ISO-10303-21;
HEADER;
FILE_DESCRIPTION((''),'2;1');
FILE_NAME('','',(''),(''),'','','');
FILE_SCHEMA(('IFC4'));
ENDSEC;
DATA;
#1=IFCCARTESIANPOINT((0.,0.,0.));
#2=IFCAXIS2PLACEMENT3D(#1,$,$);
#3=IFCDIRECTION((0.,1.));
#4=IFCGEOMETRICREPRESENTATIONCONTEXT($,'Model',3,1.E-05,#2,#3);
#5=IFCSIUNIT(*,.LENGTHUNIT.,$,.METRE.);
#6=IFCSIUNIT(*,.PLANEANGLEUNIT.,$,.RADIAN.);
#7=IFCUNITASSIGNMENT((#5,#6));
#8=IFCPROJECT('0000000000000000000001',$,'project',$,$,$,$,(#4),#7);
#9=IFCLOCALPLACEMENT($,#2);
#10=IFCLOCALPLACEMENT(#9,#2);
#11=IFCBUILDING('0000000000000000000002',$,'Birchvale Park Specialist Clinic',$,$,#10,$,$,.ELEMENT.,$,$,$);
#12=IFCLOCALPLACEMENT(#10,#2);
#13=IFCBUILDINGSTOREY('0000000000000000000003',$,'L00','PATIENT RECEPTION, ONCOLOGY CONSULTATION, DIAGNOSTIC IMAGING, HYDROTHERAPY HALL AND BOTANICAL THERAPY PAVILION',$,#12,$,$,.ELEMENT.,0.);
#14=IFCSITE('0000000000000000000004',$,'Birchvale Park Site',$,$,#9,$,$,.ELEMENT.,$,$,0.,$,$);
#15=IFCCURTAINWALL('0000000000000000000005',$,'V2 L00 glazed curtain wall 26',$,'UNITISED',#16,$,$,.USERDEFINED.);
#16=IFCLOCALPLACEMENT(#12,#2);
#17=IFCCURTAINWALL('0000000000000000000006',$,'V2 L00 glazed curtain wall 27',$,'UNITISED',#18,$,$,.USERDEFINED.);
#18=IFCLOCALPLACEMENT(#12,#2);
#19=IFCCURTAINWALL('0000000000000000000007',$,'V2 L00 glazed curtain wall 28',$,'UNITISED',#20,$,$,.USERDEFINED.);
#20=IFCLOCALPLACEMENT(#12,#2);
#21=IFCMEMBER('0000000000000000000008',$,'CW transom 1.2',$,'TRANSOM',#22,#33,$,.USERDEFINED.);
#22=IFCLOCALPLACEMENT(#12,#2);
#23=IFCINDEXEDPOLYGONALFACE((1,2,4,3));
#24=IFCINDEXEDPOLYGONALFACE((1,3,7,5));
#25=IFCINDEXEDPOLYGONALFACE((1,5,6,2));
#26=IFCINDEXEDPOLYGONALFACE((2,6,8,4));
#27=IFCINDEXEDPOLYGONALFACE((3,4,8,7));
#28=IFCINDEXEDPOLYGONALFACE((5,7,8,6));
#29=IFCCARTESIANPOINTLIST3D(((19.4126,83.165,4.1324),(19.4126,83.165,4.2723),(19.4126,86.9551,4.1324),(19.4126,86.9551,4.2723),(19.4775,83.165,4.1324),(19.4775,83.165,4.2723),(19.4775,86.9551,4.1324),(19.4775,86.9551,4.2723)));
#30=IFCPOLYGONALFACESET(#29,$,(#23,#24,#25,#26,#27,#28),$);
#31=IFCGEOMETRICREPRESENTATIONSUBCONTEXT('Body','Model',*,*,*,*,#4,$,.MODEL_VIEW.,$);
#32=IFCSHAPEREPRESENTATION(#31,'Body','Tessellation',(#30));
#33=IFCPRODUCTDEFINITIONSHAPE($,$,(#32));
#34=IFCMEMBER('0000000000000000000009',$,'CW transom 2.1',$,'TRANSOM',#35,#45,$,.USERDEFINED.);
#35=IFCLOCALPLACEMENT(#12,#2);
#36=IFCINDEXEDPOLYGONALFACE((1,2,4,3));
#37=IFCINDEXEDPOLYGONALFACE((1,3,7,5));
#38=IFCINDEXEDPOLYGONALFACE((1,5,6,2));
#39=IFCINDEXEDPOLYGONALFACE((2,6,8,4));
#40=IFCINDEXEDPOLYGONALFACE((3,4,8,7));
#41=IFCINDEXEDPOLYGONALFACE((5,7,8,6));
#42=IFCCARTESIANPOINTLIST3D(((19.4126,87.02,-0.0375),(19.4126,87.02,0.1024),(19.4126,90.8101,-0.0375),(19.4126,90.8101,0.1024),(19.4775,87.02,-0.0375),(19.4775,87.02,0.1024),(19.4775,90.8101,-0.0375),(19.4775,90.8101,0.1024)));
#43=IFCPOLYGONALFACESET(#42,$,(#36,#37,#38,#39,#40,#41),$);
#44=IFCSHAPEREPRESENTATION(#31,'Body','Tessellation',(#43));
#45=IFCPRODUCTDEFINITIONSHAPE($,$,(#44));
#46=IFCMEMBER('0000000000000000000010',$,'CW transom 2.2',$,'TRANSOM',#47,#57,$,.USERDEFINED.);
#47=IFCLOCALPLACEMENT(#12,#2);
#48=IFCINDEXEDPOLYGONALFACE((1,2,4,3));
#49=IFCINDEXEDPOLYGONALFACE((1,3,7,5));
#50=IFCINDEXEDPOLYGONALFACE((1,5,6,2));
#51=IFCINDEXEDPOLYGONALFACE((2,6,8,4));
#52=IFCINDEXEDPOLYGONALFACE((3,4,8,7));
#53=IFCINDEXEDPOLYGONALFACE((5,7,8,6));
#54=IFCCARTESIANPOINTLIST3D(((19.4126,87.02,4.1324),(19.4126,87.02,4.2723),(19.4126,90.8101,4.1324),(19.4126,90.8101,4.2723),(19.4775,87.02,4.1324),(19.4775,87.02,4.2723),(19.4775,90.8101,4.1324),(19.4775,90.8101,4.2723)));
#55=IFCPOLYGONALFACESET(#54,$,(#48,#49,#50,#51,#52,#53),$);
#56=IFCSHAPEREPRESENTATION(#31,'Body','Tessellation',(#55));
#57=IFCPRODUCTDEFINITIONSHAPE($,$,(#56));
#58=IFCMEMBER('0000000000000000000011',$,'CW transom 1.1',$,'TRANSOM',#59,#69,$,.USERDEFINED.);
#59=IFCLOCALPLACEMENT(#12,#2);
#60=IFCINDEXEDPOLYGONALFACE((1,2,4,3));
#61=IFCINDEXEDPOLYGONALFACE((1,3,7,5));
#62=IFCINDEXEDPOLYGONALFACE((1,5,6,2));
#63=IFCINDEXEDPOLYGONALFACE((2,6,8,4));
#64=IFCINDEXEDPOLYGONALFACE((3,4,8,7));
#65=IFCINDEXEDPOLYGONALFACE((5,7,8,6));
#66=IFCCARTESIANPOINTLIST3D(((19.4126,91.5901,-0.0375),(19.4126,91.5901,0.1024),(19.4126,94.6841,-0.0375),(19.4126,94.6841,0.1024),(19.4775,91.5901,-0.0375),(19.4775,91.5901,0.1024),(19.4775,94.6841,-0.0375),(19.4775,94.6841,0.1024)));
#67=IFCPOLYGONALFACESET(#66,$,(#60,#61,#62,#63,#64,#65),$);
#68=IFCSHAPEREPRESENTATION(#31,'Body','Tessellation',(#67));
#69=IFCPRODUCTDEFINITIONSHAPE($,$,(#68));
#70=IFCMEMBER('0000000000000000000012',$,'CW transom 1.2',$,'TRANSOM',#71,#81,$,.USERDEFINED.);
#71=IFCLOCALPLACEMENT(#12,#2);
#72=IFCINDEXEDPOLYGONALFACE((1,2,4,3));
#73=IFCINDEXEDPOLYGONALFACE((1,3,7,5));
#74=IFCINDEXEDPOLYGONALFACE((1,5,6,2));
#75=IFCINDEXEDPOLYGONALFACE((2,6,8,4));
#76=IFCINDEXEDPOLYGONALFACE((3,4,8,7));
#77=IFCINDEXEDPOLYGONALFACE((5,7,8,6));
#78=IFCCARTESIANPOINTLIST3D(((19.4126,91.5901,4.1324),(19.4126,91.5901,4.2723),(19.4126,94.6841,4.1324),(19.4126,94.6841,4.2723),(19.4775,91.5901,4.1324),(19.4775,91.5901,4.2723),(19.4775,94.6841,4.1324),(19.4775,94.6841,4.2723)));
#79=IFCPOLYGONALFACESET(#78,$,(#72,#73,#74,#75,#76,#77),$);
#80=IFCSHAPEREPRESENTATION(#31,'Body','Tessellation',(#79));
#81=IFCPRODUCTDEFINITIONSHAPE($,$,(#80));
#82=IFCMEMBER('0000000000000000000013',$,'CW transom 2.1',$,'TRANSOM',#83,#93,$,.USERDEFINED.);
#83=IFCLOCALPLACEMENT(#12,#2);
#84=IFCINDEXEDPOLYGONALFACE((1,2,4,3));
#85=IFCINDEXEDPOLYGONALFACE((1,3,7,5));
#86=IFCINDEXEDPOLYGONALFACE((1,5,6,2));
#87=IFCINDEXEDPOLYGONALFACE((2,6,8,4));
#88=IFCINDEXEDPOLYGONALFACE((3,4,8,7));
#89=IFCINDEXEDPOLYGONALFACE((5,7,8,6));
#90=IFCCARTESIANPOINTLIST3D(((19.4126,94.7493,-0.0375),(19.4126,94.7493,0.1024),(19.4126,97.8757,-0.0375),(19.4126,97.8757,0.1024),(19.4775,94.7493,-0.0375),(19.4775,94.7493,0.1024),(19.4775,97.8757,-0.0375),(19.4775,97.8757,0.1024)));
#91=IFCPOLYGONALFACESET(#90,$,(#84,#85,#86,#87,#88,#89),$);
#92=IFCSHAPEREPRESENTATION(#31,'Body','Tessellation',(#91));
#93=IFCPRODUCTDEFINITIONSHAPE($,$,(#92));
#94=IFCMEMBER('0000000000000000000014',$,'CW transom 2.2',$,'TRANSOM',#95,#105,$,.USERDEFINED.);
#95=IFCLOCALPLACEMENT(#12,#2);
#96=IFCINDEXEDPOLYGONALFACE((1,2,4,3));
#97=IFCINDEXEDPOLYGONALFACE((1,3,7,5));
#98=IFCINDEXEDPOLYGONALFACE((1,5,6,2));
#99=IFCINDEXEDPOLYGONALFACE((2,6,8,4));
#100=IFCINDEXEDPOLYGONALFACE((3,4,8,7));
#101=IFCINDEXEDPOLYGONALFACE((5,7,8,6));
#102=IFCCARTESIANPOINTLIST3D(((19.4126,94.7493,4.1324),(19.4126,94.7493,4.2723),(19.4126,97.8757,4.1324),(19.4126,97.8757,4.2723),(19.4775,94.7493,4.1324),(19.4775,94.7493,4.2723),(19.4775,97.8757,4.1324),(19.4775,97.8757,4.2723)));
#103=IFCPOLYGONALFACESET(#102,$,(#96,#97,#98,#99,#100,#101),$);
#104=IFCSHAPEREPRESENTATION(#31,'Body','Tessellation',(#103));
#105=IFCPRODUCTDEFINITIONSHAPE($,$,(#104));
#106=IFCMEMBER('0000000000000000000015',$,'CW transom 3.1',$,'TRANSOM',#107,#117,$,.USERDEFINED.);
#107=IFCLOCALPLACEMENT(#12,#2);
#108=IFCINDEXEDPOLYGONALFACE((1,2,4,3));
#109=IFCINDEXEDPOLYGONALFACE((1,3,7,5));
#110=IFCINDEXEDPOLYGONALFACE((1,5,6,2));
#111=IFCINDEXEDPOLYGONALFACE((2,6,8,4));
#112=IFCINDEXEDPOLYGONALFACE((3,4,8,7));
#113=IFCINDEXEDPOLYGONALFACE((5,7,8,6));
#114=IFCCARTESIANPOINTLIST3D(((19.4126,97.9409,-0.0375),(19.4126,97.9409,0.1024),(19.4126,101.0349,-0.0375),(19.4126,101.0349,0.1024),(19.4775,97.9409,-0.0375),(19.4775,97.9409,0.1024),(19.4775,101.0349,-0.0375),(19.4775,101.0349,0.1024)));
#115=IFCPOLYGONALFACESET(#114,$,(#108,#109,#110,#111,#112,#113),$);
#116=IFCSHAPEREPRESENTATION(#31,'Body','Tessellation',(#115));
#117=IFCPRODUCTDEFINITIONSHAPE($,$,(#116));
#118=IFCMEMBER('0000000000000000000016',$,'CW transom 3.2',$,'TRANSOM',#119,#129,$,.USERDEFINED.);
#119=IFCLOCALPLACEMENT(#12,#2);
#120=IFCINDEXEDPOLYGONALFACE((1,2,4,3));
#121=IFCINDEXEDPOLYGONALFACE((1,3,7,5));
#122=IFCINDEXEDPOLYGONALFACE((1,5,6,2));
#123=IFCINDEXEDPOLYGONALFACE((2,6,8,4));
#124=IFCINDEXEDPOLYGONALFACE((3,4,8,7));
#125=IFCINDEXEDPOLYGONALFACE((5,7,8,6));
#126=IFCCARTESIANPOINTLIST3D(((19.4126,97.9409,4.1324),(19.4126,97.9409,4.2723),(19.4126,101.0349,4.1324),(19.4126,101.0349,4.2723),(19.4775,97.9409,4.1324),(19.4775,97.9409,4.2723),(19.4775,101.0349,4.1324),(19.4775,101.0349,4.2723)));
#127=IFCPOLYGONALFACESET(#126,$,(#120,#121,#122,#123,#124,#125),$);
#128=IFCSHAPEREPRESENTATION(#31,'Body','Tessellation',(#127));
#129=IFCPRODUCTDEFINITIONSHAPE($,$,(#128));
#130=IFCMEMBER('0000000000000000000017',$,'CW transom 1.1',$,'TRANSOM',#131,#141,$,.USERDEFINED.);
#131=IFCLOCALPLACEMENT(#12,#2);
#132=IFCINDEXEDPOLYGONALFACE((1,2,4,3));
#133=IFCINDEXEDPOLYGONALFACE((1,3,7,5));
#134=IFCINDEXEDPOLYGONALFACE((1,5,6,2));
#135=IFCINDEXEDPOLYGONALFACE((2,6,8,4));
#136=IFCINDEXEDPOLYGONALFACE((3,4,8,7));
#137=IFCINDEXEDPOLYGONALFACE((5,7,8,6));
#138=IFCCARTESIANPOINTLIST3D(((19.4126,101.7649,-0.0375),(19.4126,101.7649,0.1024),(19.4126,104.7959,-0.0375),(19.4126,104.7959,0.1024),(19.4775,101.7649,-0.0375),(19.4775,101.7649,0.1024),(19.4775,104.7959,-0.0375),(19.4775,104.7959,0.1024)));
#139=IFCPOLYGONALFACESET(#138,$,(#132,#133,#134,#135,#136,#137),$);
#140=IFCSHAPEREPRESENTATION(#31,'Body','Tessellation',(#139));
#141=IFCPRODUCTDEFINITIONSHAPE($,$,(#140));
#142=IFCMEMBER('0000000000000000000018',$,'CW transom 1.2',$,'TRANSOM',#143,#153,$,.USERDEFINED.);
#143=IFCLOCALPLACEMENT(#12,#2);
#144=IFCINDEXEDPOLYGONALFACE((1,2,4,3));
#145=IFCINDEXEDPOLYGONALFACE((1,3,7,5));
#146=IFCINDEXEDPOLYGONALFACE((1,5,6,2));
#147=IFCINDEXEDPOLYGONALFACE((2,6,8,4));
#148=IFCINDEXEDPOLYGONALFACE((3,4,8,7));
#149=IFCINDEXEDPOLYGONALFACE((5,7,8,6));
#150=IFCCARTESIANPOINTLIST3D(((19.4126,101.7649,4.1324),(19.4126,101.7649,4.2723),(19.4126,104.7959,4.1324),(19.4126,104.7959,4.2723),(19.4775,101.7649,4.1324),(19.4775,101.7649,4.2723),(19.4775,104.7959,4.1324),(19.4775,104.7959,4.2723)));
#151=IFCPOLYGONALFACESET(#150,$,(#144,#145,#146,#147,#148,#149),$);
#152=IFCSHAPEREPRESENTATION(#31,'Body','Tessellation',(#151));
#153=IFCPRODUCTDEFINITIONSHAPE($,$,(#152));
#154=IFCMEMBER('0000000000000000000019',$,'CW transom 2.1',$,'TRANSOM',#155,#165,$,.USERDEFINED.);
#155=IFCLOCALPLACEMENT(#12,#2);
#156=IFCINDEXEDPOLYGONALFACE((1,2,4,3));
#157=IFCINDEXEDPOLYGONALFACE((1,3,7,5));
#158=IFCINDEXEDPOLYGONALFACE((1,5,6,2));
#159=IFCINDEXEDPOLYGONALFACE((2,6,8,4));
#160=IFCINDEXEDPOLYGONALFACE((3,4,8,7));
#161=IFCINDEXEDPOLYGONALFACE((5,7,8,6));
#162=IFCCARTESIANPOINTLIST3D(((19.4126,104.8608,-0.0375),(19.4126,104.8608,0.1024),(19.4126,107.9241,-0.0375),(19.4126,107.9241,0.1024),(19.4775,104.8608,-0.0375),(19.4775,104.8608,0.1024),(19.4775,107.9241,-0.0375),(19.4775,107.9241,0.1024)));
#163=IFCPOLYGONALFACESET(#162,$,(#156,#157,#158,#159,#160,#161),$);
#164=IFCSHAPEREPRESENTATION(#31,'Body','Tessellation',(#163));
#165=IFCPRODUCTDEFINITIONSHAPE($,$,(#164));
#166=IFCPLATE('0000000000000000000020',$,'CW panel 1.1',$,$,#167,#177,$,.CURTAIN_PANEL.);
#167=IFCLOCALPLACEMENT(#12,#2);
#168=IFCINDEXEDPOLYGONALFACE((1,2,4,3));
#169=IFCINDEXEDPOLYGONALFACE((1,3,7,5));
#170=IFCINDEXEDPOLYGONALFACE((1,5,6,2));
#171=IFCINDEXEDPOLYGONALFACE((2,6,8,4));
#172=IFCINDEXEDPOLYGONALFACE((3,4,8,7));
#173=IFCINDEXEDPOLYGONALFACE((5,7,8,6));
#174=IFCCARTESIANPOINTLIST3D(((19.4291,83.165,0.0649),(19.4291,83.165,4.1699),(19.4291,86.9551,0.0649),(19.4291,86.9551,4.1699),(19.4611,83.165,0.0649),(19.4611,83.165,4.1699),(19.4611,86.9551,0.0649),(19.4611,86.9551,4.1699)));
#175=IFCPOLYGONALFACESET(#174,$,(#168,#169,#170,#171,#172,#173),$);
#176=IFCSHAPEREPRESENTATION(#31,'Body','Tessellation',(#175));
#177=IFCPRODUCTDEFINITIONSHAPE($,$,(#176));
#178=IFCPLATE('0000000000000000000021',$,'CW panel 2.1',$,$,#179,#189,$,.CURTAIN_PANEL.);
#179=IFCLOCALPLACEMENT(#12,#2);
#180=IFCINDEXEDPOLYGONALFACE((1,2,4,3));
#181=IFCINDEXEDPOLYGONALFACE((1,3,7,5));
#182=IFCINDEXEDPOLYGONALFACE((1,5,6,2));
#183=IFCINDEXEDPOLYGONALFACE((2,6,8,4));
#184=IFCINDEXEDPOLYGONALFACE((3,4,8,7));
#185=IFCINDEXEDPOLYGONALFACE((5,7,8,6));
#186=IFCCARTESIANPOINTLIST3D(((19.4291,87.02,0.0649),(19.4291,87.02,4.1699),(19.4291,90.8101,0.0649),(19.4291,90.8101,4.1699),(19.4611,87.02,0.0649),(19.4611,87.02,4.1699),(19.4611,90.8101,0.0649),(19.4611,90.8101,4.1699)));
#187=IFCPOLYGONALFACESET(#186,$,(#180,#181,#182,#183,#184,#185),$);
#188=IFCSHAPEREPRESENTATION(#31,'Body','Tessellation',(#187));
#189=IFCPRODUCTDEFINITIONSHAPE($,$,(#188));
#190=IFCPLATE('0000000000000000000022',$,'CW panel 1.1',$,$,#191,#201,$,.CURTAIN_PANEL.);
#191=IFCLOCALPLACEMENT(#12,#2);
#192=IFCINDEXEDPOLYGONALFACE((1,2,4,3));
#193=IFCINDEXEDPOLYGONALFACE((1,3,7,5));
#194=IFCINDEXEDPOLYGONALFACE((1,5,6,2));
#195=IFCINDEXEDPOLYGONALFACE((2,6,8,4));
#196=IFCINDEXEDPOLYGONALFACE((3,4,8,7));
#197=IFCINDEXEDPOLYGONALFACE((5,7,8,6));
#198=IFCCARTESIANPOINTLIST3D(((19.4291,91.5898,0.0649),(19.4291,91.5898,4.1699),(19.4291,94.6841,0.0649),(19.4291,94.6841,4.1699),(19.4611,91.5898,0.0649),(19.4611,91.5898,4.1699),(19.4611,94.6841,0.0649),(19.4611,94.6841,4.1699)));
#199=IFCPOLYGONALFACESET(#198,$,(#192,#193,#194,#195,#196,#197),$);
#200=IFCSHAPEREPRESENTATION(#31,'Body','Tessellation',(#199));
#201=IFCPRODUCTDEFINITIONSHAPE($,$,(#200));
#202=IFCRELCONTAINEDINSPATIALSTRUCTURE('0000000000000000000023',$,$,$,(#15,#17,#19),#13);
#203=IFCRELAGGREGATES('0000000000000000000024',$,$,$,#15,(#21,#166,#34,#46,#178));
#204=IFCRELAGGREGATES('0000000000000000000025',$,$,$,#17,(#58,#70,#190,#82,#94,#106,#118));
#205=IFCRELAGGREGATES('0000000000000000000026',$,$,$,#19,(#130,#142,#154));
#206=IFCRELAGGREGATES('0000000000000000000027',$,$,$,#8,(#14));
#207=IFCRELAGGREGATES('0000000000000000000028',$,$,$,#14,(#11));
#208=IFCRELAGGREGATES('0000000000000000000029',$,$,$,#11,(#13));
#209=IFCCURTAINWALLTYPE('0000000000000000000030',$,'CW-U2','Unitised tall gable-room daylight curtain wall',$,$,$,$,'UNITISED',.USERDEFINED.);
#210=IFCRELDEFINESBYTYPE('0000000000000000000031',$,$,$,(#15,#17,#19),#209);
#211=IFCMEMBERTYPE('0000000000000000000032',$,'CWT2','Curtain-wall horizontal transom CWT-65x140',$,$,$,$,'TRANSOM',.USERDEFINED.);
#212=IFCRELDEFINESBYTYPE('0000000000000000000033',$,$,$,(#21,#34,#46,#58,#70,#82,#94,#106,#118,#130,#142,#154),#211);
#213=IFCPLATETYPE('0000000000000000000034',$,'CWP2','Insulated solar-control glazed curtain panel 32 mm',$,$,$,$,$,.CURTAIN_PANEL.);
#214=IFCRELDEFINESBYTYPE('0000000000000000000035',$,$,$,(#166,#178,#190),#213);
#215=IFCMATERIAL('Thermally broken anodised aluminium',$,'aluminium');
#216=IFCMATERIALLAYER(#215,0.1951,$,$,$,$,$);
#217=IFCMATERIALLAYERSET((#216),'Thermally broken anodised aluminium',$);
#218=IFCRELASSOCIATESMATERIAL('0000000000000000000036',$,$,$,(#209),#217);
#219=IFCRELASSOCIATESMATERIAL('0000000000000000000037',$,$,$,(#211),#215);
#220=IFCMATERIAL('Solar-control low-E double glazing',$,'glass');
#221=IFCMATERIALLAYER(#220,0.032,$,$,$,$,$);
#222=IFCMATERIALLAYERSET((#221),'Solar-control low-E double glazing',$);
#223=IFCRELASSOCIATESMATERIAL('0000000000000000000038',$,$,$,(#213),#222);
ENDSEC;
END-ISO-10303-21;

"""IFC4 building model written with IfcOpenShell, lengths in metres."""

from ifc_helpers import new_model, si_unit, direction, frame, origin, origin_2d, place, context, subcontext, project, spatial, rectangle, extrude, material, layer, layer_set, material_profile, profile_set, type_object, element, aggregate, save


model = new_model("IFC4")

# Units and contexts
model_context = context("Model", 3, precision=1e-05, world=origin(), true_north=direction((0.0, 1.0)))
body_context = subcontext(model_context, "Body", "Model", "MODEL_VIEW")
ifc_project = project(units=[si_unit("LENGTHUNIT", "METRE"), si_unit("PLANEANGLEUNIT", "RADIAN")], contexts=[model_context])

# Site, building, storey
site_placement = place(None, origin())
site = spatial("IfcSite", under=ifc_project, at=site_placement, Name="Birchvale Park Site", CompositionType="ELEMENT", RefElevation=0.0)
building_placement = place(site_placement, origin())
building = spatial("IfcBuilding", under=site, at=building_placement, Name="Birchvale Park Specialist Clinic", CompositionType="ELEMENT")
storey_placement = place(building_placement, origin())
storey = spatial("IfcBuildingStorey", under=building, at=storey_placement, Name="L00", Description="PATIENT RECEPTION, ONCOLOGY CONSULTATION, DIAGNOSTIC IMAGING, HYDROTHERAPY HALL AND BOTANICAL THERAPY PAVILION", CompositionType="ELEMENT", Elevation=0.0)

# Shared definitions
ifc_material_1 = material(Name="Thermally broken anodised aluminium", Category="aluminium")
ifc_layer_1 = layer(ifc_material_1, 0.1951)
ifc_layer_set_1 = layer_set([ifc_layer_1], Name="Thermally broken anodised aluminium")
curtain_wall_type = type_object("IfcCurtainWallType", Name="CW-U2", Description="Unitised tall gable-room daylight curtain wall", ElementType="UNITISED", PredefinedType="USERDEFINED", material=ifc_layer_set_1)

# Curtain walls
curtain_wall_1_placement = place(storey_placement, origin())
curtain_wall_1 = element("IfcCurtainWall", 1, at=curtain_wall_1_placement, inside=storey, type_object=curtain_wall_type, Name="V2 L00 glazed curtain wall 26", ObjectType="UNITISED", PredefinedType="USERDEFINED")
curtain_wall_2_placement = place(storey_placement, origin())
curtain_wall_2 = element("IfcCurtainWall", 2, at=curtain_wall_2_placement, inside=storey, type_object=curtain_wall_type, Name="V2 L00 glazed curtain wall 27", ObjectType="UNITISED", PredefinedType="USERDEFINED")
curtain_wall_3_placement = place(storey_placement, origin())
curtain_wall_3 = element("IfcCurtainWall", 3, at=curtain_wall_3_placement, inside=storey, type_object=curtain_wall_type, Name="V2 L00 glazed curtain wall 28", ObjectType="UNITISED", PredefinedType="USERDEFINED")

# Members
ifc_material_profile_1 = material_profile(ifc_material_1, rectangle(XDim=0.0649, YDim=0.1399, at=origin_2d()), Name="CWT-65x140")
ifc_profile_set_1 = profile_set([ifc_material_profile_1], Name="Thermally broken anodised aluminium")
member_type_1 = type_object("IfcMemberType", Name="CWT2", Description="Curtain-wall horizontal transom CWT-65x140", ElementType="TRANSOM", PredefinedType="USERDEFINED", material=ifc_profile_set_1)
member_1_placement = place(storey_placement, frame((19.4451, 83.165, 4.2024), z_axis=(0.0, 1.0, 0.0), x_axis=(-1.0, 0.0, 0.0)))
member_1 = element("IfcMember", 4, at=member_1_placement, type_object=member_type_1, Name="CW transom 1.2", ObjectType="TRANSOM", PredefinedType="USERDEFINED", context=body_context, shape_type="SweptSolid", body=[
    extrude(rectangle(XDim=0.0649, YDim=0.1399, at=origin_2d()), origin(), (0.0, 0.0, 1.0), 3.79),
])
member_2_placement = place(storey_placement, frame((19.4451, 87.02, 0.0325), z_axis=(0.0, 1.0, 0.0), x_axis=(-1.0, 0.0, 0.0)))
member_2 = element("IfcMember", 5, at=member_2_placement, type_object=member_type_1, Name="CW transom 2.1", ObjectType="TRANSOM", PredefinedType="USERDEFINED", context=body_context, shape_type="SweptSolid", body=[
    extrude(rectangle(XDim=0.0649, YDim=0.1399, at=origin_2d()), origin(), (0.0, 0.0, 1.0), 3.79),
])
member_3_placement = place(storey_placement, frame((19.4451, 87.02, 4.2024), z_axis=(0.0, 1.0, 0.0), x_axis=(-1.0, 0.0, 0.0)))
member_3 = element("IfcMember", 6, at=member_3_placement, type_object=member_type_1, Name="CW transom 2.2", ObjectType="TRANSOM", PredefinedType="USERDEFINED", context=body_context, shape_type="SweptSolid", body=[
    extrude(rectangle(XDim=0.0649, YDim=0.1399, at=origin_2d()), origin(), (0.0, 0.0, 1.0), 3.79),
])
member_4_placement = place(storey_placement, frame((19.4451, 91.5901, 0.0325), z_axis=(0.0, 1.0, 0.0), x_axis=(-1.0, 0.0, 0.0)))
member_4 = element("IfcMember", 7, at=member_4_placement, type_object=member_type_1, Name="CW transom 1.1", ObjectType="TRANSOM", PredefinedType="USERDEFINED", context=body_context, shape_type="SweptSolid", body=[
    extrude(rectangle(XDim=0.0649, YDim=0.1399, at=origin_2d()), origin(), (0.0, 0.0, 1.0), 3.094),
])
member_5_placement = place(storey_placement, frame((19.4451, 91.5901, 4.2024), z_axis=(0.0, 1.0, 0.0), x_axis=(-1.0, 0.0, 0.0)))
member_5 = element("IfcMember", 8, at=member_5_placement, type_object=member_type_1, Name="CW transom 1.2", ObjectType="TRANSOM", PredefinedType="USERDEFINED", context=body_context, shape_type="SweptSolid", body=[
    extrude(rectangle(XDim=0.0649, YDim=0.1399, at=origin_2d()), origin(), (0.0, 0.0, 1.0), 3.094),
])
member_6_placement = place(storey_placement, frame((19.4451, 94.7493, 0.0325), z_axis=(0.0, 1.0, 0.0), x_axis=(-1.0, 0.0, 0.0)))
member_6 = element("IfcMember", 9, at=member_6_placement, type_object=member_type_1, Name="CW transom 2.1", ObjectType="TRANSOM", PredefinedType="USERDEFINED", context=body_context, shape_type="SweptSolid", body=[
    extrude(rectangle(XDim=0.0649, YDim=0.1399, at=origin_2d()), origin(), (0.0, 0.0, 1.0), 3.1265),
])
member_7_placement = place(storey_placement, frame((19.4451, 94.7493, 4.2024), z_axis=(0.0, 1.0, 0.0), x_axis=(-1.0, 0.0, 0.0)))
member_7 = element("IfcMember", 10, at=member_7_placement, type_object=member_type_1, Name="CW transom 2.2", ObjectType="TRANSOM", PredefinedType="USERDEFINED", context=body_context, shape_type="SweptSolid", body=[
    extrude(rectangle(XDim=0.0649, YDim=0.1399, at=origin_2d()), origin(), (0.0, 0.0, 1.0), 3.1265),
])
member_8_placement = place(storey_placement, frame((19.4451, 97.9409, 0.0325), z_axis=(0.0, 1.0, 0.0), x_axis=(-1.0, 0.0, 0.0)))
member_8 = element("IfcMember", 11, at=member_8_placement, type_object=member_type_1, Name="CW transom 3.1", ObjectType="TRANSOM", PredefinedType="USERDEFINED", context=body_context, shape_type="SweptSolid", body=[
    extrude(rectangle(XDim=0.0649, YDim=0.1399, at=origin_2d()), origin(), (0.0, 0.0, 1.0), 3.094),
])
member_9_placement = place(storey_placement, frame((19.4451, 97.9409, 4.2024), z_axis=(0.0, 1.0, 0.0), x_axis=(-1.0, 0.0, 0.0)))
member_9 = element("IfcMember", 12, at=member_9_placement, type_object=member_type_1, Name="CW transom 3.2", ObjectType="TRANSOM", PredefinedType="USERDEFINED", context=body_context, shape_type="SweptSolid", body=[
    extrude(rectangle(XDim=0.0649, YDim=0.1399, at=origin_2d()), origin(), (0.0, 0.0, 1.0), 3.094),
])
member_10_placement = place(storey_placement, frame((19.4451, 101.7649, 0.0325), z_axis=(0.0, 1.0, 0.0), x_axis=(-1.0, 0.0, 0.0)))
member_10 = element("IfcMember", 13, at=member_10_placement, type_object=member_type_1, Name="CW transom 1.1", ObjectType="TRANSOM", PredefinedType="USERDEFINED", context=body_context, shape_type="SweptSolid", body=[
    extrude(rectangle(XDim=0.0649, YDim=0.1399, at=origin_2d()), origin(), (0.0, 0.0, 1.0), 3.031),
])
member_11_placement = place(storey_placement, frame((19.4451, 101.7649, 4.2024), z_axis=(0.0, 1.0, 0.0), x_axis=(-1.0, 0.0, 0.0)))
member_11 = element("IfcMember", 14, at=member_11_placement, type_object=member_type_1, Name="CW transom 1.2", ObjectType="TRANSOM", PredefinedType="USERDEFINED", context=body_context, shape_type="SweptSolid", body=[
    extrude(rectangle(XDim=0.0649, YDim=0.1399, at=origin_2d()), origin(), (0.0, 0.0, 1.0), 3.031),
])
member_12_placement = place(storey_placement, frame((19.4451, 104.8608, 0.0325), z_axis=(0.0, 1.0, 0.0), x_axis=(-1.0, 0.0, 0.0)))
member_12 = element("IfcMember", 15, at=member_12_placement, type_object=member_type_1, Name="CW transom 2.1", ObjectType="TRANSOM", PredefinedType="USERDEFINED", context=body_context, shape_type="SweptSolid", body=[
    extrude(rectangle(XDim=0.0649, YDim=0.1399, at=origin_2d()), origin(), (0.0, 0.0, 1.0), 3.0632),
])

# Plates
ifc_material_2 = material(Name="Solar-control low-E double glazing", Category="glass")
ifc_layer_2 = layer(ifc_material_2, 0.032)
ifc_layer_set_2 = layer_set([ifc_layer_2], Name="Solar-control low-E double glazing")
plate_type = type_object("IfcPlateType", Name="CWP2", Description="Insulated solar-control glazed curtain panel 32 mm", PredefinedType="CURTAIN_PANEL", material=ifc_layer_set_2)
plate_1_placement = place(storey_placement, frame((19.4451, 85.0601, 0.0649), z_axis=(0.0, 0.0, 1.0), x_axis=(0.0, 1.0, 0.0)))
plate_1 = element("IfcPlate", 16, at=plate_1_placement, type_object=plate_type, Name="CW panel 1.1", PredefinedType="CURTAIN_PANEL", context=body_context, shape_type="SweptSolid", body=[
    extrude(rectangle(XDim=3.79, YDim=0.032, at=origin_2d()), origin(), (0.0, 0.0, 1.0), 4.105),
])
plate_2_placement = place(storey_placement, frame((19.4451, 88.915, 0.0649), z_axis=(0.0, 0.0, 1.0), x_axis=(0.0, 1.0, 0.0)))
plate_2 = element("IfcPlate", 17, at=plate_2_placement, type_object=plate_type, Name="CW panel 2.1", PredefinedType="CURTAIN_PANEL", context=body_context, shape_type="SweptSolid", body=[
    extrude(rectangle(XDim=3.79, YDim=0.032, at=origin_2d()), origin(), (0.0, 0.0, 1.0), 4.105),
])
aggregate(curtain_wall_1, [member_1, plate_1, member_2, member_3, plate_2])
plate_3_placement = place(storey_placement, frame((19.4451, 93.137, 0.0649), z_axis=(0.0, 0.0, 1.0), x_axis=(0.0, 1.0, 0.0)))
plate_3 = element("IfcPlate", 18, at=plate_3_placement, type_object=plate_type, Name="CW panel 1.1", PredefinedType="CURTAIN_PANEL", context=body_context, shape_type="SweptSolid", body=[
    extrude(rectangle(XDim=3.0942, YDim=0.032, at=origin_2d()), origin(), (0.0, 0.0, 1.0), 4.105),
])
aggregate(curtain_wall_2, [member_4, member_5, plate_3, member_6, member_7, member_8, member_9])
aggregate(curtain_wall_3, [member_10, member_11, member_12])

save(model, "model.ifc")
